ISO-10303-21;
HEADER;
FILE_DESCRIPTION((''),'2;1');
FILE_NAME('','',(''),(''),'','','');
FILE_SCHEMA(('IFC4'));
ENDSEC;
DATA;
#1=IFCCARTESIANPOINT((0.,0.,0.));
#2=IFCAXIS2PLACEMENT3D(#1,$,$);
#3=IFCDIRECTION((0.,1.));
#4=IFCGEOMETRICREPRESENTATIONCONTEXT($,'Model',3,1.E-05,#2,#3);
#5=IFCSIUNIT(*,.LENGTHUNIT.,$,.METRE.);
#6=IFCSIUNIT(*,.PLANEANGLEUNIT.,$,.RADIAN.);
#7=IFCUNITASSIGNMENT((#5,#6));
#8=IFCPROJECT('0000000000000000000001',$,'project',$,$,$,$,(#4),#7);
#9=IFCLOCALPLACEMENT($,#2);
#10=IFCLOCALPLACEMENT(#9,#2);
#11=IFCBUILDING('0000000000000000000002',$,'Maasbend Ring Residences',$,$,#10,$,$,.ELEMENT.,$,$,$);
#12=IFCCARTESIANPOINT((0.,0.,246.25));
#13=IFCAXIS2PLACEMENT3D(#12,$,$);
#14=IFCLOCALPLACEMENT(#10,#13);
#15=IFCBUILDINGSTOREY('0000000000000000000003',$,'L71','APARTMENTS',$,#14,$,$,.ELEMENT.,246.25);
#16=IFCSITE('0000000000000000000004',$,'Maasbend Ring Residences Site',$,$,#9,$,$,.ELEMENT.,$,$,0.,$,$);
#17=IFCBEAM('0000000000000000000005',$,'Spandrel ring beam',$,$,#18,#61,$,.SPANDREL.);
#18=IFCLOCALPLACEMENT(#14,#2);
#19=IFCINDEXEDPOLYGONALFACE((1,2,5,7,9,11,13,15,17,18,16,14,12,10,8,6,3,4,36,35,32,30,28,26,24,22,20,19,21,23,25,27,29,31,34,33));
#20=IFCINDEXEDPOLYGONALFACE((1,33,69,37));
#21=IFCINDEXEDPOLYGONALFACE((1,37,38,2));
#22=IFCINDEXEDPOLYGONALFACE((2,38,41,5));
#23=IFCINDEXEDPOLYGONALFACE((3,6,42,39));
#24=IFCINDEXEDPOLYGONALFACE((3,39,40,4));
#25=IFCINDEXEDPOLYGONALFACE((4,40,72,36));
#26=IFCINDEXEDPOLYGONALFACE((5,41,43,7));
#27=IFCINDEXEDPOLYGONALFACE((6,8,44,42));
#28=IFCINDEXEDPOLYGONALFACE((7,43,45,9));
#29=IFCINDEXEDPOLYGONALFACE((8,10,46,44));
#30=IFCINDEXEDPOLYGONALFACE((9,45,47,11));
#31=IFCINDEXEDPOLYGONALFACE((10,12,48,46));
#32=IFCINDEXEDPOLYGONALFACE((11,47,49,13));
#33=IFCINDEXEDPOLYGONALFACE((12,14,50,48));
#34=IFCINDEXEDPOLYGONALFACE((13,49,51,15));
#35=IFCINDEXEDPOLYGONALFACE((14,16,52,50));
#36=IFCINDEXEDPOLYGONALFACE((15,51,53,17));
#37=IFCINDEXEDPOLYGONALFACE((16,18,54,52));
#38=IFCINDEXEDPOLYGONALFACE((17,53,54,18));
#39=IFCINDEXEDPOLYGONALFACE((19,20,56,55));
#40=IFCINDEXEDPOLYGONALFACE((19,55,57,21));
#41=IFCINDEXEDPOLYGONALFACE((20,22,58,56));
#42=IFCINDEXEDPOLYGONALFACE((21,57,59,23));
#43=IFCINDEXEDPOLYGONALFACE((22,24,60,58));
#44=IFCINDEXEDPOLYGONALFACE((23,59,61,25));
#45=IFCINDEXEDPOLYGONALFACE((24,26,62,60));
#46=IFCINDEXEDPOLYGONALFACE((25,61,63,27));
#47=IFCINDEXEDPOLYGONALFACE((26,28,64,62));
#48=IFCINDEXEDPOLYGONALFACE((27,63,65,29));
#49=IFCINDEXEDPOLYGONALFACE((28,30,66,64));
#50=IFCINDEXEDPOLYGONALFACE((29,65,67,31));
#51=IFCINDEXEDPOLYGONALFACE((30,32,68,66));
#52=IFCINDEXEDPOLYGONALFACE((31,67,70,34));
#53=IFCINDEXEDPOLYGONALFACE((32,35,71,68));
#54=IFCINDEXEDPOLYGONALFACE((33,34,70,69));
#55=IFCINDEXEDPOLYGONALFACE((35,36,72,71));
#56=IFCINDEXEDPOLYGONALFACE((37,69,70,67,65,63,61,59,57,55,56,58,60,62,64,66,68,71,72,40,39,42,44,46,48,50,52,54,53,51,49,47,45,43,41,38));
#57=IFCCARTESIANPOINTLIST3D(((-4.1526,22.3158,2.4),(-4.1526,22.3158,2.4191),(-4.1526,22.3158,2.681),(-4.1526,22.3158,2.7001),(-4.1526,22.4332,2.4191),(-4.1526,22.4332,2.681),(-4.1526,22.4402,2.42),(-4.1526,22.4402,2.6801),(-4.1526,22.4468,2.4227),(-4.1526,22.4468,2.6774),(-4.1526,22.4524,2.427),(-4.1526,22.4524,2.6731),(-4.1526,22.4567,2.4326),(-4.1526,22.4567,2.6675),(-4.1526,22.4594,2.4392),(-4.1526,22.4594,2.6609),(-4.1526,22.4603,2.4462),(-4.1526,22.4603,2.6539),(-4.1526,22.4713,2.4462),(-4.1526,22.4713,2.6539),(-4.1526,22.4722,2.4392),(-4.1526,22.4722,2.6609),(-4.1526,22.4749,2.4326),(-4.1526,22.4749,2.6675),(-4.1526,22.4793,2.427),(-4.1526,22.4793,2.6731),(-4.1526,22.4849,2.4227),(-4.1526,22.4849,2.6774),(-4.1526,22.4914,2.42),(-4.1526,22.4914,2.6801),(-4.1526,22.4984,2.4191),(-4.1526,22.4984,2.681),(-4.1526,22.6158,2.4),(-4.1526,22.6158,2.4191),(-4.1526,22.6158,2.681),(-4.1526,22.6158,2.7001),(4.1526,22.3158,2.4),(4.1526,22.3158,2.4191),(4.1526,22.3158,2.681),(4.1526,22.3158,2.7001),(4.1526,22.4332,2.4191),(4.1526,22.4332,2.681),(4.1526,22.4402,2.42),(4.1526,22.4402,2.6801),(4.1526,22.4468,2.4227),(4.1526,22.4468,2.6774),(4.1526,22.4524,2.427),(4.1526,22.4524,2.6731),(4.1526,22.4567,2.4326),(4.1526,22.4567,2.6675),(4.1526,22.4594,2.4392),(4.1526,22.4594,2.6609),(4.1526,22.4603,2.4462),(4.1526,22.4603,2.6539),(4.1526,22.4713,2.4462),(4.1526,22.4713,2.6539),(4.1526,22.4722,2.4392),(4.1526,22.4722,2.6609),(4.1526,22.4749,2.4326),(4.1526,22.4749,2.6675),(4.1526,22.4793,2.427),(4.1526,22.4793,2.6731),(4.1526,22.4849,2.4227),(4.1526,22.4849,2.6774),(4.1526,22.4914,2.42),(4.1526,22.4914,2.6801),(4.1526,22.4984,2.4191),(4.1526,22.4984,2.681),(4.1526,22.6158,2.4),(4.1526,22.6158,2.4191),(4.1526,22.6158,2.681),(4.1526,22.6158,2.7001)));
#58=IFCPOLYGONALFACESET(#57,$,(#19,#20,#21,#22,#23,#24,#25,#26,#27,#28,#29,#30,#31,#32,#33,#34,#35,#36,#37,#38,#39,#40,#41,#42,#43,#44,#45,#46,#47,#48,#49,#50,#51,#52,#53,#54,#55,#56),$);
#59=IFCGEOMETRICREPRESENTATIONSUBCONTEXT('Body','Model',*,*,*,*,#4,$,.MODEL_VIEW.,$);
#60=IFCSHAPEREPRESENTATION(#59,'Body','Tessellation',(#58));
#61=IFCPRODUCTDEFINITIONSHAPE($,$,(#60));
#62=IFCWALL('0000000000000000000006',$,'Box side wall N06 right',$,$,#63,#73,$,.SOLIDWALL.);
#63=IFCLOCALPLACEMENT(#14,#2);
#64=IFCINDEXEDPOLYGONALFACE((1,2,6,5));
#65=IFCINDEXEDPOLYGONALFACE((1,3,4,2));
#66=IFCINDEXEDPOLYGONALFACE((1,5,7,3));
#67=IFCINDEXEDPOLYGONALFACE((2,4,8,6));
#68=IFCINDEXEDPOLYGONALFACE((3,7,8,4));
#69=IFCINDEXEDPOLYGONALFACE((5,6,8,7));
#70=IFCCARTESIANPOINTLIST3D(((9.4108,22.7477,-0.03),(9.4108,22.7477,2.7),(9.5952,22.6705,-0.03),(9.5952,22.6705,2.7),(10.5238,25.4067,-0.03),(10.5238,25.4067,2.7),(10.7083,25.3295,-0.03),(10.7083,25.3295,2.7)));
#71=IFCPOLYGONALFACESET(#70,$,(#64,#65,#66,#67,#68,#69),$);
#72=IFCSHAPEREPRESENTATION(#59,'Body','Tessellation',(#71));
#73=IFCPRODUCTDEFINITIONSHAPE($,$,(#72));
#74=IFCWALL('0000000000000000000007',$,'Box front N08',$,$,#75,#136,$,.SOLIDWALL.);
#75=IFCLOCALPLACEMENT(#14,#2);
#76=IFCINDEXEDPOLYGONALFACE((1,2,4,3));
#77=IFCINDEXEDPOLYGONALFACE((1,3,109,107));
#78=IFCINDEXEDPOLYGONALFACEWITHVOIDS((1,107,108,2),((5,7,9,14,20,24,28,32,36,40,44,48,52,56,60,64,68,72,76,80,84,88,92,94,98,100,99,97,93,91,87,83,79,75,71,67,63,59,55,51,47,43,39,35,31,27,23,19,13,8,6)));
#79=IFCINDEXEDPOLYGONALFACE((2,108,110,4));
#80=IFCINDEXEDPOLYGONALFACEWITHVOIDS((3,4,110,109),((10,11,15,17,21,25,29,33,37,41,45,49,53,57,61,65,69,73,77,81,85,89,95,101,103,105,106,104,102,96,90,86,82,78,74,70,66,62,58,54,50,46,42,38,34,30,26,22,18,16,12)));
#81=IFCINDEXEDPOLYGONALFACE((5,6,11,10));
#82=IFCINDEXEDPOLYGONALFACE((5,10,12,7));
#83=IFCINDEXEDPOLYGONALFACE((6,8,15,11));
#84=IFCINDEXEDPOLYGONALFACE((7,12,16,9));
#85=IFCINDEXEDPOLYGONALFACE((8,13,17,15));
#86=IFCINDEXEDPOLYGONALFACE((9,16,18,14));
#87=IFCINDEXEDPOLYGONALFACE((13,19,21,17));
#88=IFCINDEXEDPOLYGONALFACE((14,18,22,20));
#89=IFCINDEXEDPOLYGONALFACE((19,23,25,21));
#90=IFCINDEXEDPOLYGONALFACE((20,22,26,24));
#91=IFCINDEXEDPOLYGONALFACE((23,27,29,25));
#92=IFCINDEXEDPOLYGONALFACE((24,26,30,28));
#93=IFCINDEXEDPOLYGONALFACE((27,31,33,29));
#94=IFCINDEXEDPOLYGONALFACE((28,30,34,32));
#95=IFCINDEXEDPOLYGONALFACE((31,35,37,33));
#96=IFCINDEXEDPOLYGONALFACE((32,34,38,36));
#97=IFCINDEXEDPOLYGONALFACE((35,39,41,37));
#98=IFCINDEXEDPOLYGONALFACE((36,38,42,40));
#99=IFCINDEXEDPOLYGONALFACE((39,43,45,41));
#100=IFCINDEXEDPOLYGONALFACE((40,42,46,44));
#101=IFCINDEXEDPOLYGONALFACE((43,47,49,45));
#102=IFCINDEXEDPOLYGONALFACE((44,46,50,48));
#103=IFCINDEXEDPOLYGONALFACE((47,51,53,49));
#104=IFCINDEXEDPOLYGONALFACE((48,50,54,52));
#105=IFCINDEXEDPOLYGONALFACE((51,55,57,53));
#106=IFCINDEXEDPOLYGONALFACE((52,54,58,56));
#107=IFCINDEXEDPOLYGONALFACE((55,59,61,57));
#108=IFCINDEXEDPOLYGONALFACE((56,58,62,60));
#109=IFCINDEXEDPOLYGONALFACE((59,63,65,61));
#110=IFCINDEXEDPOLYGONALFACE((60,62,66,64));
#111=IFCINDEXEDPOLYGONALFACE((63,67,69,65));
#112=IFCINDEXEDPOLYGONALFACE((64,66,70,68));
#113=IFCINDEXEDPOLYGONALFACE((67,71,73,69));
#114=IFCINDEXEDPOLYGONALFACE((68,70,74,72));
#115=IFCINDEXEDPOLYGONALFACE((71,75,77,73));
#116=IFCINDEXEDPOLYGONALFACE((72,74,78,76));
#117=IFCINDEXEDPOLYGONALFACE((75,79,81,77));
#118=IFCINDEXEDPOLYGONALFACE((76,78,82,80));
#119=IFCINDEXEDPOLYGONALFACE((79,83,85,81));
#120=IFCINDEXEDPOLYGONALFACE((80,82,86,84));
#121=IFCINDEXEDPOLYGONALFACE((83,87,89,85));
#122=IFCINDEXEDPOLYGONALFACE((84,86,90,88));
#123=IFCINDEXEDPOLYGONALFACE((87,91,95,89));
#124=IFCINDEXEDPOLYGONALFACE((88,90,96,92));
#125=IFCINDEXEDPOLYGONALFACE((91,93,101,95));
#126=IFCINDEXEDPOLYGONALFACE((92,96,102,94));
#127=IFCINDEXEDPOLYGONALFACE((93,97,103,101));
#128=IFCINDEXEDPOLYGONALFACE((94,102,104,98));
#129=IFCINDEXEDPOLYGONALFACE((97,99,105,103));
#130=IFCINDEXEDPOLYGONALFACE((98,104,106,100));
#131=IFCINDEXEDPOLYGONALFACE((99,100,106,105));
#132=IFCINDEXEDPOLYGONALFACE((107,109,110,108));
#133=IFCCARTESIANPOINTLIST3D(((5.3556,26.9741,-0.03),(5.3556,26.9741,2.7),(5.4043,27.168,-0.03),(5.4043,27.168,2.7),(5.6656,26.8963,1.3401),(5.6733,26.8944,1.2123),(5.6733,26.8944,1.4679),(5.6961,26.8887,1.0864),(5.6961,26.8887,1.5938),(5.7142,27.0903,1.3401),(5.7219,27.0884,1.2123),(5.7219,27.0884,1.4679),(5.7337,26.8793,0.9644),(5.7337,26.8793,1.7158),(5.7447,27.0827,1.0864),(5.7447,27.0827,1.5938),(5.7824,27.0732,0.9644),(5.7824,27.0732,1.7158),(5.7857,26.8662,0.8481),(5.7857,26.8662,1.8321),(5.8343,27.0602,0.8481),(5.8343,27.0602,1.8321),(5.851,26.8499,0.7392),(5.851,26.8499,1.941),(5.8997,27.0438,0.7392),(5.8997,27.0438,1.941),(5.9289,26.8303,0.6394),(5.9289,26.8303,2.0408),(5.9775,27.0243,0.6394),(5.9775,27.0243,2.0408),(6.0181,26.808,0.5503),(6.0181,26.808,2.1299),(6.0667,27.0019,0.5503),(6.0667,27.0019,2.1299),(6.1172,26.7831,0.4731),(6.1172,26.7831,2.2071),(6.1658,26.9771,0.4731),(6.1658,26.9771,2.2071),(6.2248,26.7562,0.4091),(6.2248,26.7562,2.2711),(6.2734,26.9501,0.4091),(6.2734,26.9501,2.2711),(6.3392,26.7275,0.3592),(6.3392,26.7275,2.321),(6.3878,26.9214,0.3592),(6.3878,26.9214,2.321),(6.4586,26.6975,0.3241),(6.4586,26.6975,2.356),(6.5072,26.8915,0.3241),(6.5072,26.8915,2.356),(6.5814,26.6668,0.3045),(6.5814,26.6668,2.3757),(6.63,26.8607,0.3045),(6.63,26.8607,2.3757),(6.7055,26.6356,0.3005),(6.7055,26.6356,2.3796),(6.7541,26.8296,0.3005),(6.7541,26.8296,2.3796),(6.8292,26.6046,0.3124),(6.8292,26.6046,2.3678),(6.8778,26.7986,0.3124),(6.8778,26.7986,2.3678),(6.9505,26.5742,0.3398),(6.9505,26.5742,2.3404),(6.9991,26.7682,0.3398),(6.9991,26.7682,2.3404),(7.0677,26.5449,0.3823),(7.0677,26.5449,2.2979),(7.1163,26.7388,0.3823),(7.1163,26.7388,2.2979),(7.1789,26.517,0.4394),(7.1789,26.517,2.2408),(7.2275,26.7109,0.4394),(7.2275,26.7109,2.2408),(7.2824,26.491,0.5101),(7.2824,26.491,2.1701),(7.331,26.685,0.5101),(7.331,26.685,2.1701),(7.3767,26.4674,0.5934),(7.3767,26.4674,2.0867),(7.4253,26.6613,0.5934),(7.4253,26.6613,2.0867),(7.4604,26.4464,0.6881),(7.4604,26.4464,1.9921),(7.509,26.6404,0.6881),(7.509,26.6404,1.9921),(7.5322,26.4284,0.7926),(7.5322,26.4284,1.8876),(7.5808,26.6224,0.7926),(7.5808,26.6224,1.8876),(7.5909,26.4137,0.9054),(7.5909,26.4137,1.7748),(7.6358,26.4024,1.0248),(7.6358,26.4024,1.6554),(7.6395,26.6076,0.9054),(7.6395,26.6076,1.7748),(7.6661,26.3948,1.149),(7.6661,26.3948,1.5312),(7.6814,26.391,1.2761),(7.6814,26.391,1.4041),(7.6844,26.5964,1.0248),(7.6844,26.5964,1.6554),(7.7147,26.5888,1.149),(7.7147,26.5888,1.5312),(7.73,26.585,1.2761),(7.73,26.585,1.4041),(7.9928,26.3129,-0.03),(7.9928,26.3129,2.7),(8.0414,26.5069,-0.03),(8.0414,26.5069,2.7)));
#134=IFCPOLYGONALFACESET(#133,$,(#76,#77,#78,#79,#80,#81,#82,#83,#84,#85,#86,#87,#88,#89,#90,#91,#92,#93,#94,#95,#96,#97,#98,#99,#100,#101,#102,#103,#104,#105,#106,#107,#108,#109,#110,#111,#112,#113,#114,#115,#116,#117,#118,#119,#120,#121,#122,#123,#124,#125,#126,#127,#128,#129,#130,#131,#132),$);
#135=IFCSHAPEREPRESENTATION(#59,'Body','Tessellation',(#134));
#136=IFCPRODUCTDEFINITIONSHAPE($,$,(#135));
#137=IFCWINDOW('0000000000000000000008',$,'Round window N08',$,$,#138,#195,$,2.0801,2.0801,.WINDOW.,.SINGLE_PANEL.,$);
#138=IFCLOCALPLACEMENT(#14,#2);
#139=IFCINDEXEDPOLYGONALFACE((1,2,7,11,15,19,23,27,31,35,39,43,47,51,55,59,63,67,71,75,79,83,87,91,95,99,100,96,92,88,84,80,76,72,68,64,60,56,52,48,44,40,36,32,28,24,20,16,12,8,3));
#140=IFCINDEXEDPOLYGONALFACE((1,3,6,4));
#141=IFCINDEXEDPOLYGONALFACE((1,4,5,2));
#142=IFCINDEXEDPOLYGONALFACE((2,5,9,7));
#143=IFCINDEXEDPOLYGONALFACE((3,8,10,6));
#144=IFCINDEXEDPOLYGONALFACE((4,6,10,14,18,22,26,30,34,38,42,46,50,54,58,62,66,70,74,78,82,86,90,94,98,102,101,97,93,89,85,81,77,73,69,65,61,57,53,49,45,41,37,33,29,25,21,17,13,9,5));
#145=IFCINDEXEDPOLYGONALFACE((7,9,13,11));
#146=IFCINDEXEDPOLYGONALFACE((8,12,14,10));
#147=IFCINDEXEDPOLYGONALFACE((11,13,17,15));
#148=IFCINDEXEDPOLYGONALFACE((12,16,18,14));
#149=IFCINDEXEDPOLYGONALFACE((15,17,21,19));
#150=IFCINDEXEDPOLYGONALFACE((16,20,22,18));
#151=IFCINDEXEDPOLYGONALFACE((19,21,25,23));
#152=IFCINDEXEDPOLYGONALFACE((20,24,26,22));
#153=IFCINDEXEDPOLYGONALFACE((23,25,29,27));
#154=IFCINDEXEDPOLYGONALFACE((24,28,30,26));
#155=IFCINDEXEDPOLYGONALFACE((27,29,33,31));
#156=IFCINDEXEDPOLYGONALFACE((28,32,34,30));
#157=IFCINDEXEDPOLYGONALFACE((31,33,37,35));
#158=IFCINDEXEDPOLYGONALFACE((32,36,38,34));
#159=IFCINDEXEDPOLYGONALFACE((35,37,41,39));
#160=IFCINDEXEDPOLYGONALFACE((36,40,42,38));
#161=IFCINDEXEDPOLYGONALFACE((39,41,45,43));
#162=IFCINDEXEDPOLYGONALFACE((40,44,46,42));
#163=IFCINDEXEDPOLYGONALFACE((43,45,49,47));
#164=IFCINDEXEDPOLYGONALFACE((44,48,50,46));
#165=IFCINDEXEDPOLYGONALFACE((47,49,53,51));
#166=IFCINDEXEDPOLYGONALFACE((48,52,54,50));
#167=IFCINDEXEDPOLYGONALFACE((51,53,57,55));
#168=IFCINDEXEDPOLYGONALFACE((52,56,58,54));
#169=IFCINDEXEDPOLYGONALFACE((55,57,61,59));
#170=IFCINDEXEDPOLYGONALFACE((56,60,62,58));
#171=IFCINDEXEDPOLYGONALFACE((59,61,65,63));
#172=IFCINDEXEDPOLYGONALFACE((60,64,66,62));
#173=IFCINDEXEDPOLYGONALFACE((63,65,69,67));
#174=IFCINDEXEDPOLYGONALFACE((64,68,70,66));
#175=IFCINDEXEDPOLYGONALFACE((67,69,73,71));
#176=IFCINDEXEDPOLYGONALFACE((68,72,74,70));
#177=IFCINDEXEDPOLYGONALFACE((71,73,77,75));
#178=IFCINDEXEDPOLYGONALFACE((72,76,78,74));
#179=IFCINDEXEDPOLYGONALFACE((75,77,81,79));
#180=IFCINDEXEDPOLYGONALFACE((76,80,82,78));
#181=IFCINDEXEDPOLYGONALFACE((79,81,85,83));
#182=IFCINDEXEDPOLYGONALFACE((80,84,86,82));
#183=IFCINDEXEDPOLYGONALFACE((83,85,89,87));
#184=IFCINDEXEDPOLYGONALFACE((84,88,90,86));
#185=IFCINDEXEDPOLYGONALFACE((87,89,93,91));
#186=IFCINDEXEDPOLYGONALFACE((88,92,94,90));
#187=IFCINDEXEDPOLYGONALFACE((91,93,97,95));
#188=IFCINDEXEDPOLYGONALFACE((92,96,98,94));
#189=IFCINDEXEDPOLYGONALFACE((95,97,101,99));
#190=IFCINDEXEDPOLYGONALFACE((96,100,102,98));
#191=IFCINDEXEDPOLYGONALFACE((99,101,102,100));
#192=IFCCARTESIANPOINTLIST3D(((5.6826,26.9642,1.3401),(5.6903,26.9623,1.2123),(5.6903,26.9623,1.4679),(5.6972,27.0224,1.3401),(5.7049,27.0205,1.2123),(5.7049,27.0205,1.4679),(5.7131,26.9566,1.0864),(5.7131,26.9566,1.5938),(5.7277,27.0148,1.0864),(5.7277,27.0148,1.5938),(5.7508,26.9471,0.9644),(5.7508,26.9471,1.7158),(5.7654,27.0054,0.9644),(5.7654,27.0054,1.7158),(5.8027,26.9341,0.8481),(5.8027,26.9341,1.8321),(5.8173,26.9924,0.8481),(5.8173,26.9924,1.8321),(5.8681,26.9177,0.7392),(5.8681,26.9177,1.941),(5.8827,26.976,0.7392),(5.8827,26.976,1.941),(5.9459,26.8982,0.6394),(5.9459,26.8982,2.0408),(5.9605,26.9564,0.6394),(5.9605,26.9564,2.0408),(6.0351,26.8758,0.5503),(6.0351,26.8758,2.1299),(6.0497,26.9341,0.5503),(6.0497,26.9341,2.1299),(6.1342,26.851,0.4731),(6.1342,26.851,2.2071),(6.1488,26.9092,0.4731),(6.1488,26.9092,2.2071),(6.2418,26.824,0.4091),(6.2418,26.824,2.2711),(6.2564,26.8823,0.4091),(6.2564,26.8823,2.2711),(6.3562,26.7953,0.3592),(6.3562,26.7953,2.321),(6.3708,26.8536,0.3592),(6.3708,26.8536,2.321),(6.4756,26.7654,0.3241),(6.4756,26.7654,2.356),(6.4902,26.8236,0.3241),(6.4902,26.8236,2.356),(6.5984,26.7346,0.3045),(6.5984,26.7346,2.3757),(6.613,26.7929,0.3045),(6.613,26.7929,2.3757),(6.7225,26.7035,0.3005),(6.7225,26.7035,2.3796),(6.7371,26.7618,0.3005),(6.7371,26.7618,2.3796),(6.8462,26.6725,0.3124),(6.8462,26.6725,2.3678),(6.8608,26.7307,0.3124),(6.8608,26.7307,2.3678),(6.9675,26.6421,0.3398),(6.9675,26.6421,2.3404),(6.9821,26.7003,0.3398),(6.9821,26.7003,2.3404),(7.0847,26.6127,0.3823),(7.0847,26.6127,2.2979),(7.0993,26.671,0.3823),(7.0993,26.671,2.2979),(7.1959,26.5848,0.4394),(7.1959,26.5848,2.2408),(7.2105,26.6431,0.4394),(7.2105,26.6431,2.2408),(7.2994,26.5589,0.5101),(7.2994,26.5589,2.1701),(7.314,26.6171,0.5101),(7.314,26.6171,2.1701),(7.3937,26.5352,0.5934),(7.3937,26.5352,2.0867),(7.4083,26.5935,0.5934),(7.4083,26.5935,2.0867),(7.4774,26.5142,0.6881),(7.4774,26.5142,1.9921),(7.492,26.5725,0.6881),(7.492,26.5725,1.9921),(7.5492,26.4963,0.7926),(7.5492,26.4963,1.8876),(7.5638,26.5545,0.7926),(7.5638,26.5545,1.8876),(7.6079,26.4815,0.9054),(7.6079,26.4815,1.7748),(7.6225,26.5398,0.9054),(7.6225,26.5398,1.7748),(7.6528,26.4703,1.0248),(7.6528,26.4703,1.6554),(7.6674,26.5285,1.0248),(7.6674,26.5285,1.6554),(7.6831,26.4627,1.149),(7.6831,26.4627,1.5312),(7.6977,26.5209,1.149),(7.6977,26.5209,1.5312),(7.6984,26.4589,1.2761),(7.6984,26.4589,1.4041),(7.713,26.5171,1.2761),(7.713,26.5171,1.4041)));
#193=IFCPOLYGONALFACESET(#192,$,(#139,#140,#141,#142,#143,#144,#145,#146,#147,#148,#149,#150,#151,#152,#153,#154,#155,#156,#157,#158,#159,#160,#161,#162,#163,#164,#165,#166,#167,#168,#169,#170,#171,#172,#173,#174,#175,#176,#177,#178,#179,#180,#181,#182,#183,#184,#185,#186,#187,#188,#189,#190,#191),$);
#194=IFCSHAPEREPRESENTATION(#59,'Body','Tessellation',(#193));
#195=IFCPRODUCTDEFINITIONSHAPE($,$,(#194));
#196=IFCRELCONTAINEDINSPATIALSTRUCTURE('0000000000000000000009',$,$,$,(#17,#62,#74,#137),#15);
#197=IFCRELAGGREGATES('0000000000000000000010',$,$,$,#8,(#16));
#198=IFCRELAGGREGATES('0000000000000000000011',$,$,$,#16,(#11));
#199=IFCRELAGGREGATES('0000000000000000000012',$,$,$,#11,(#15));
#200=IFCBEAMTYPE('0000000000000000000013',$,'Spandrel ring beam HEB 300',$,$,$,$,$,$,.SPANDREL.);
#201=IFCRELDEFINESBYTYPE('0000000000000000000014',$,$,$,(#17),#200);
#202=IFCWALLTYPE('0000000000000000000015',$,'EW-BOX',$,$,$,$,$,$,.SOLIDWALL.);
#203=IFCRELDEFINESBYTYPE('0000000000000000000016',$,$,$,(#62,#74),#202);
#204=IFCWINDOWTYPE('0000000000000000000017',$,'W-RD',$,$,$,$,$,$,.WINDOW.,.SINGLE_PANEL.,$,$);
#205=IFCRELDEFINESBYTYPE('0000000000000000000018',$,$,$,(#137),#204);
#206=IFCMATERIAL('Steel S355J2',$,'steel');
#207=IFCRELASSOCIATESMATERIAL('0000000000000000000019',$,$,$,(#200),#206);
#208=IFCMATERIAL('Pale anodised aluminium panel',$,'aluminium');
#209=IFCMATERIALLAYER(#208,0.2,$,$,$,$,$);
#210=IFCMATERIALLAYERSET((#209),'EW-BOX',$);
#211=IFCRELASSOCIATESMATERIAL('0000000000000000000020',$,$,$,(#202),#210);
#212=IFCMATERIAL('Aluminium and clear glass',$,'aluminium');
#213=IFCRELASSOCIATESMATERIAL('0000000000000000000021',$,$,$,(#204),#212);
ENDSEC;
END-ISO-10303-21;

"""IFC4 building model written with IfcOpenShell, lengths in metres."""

from ifc_helpers import new_model, si_unit, direction, frame, frame_2d, origin, origin_2d, place, context, subcontext, project, spatial, rectangle, circle, i_section, extrude, material, layer, layer_set, material_profile, profile_set, type_object, element, fill, save


model = new_model("IFC4")

# Units and contexts
model_context = context("Model", 3, precision=1e-05, world=origin(), true_north=direction((0.0, 1.0)))
body_context = subcontext(model_context, "Body", "Model", "MODEL_VIEW")
ifc_project = project(units=[si_unit("LENGTHUNIT", "METRE"), si_unit("PLANEANGLEUNIT", "RADIAN")], contexts=[model_context])

# Site, building, storey
site_placement = place(None, origin())
site = spatial("IfcSite", under=ifc_project, at=site_placement, Name="Maasbend Ring Residences Site", CompositionType="ELEMENT", RefElevation=0.0)
building_placement = place(site_placement, origin())
building = spatial("IfcBuilding", under=site, at=building_placement, Name="Maasbend Ring Residences", CompositionType="ELEMENT")
storey_placement = place(building_placement, frame((0.0, 0.0, 246.25)))
storey = spatial("IfcBuildingStorey", under=building, at=storey_placement, Name="L71", Description="APARTMENTS", CompositionType="ELEMENT", Elevation=246.25)

# Beam
ifc_material_1 = material(Name="Steel S355J2", Category="steel")
ifc_material_profile_1 = material_profile(ifc_material_1, i_section(OverallWidth=0.3, OverallDepth=0.3, WebThickness=0.011, FlangeThickness=0.019, FilletRadius=0.0271, at=origin_2d()), Name="HEB 300")
ifc_profile_set_1 = profile_set([ifc_material_profile_1], Name="Steel S355J2")
beam_type = type_object("IfcBeamType", Name="Spandrel ring beam HEB 300", PredefinedType="SPANDREL", material=ifc_profile_set_1)
beam_placement = place(storey_placement, frame((4.1526, 22.4658, 2.55), z_axis=(-1.0, 0.0, 0.0), x_axis=(0.0, -1.0, 0.0)))
element("IfcBeam", 1, at=beam_placement, inside=storey, type_object=beam_type, Name="Spandrel ring beam", PredefinedType="SPANDREL", context=body_context, shape_type="SweptSolid", body=[
    extrude(i_section(OverallWidth=0.3, OverallDepth=0.3, WebThickness=0.011, FlangeThickness=0.019, FilletRadius=0.0271, at=origin_2d()), origin(), (0.0, 0.0, 1.0), 8.3052),
])

# Wall
ifc_material_2 = material(Name="Pale anodised aluminium panel", Category="aluminium")
ifc_layer_1 = layer(ifc_material_2, 0.2)
ifc_layer_set_1 = layer_set([ifc_layer_1], Name="EW-BOX")
wall_type_1 = type_object("IfcWallType", Name="EW-BOX", PredefinedType="SOLIDWALL", material=ifc_layer_set_1)
wall_1_placement = place(storey_placement, frame((9.5029, 22.709, -0.03), z_axis=(0.0, 0.0, 1.0), x_axis=(0.386136, 0.922442, 0.0)))
element("IfcWall", 2, at=wall_1_placement, inside=storey, type_object=wall_type_1, Name="Box side wall N06 right", PredefinedType="SOLIDWALL", context=body_context, shape_type="SweptSolid", body=[
    extrude(rectangle(XDim=2.8826, YDim=0.2, at=frame_2d((1.4414, 0.0))), origin(), (0.0, 0.0, 1.0), 2.73),
])

# Wall, opening, window
wall_2_placement = place(storey_placement, frame((8.0171, 26.4099, -0.03), z_axis=(0.0, 0.0, 1.0), x_axis=(-0.969984, 0.243169, 0.0)))
wall_2 = element("IfcWall", 3, at=wall_2_placement, inside=storey, type_object=wall_type_1, Name="Box front N08", PredefinedType="SOLIDWALL", context=body_context, shape_type="SweptSolid", body=[
    extrude(rectangle(XDim=2.7188, YDim=0.2, at=frame_2d((1.3594, 0.0))), origin(), (0.0, 0.0, 1.0), 2.73),
])
opening_1_placement = place(wall_2_placement, frame((0.3191, 0.0, 0.3301)))
opening_1 = element("IfcOpeningElement", 4, at=opening_1_placement, cuts=wall_2, PredefinedType="OPENING", context=body_context, shape_type="SweptSolid", body=[
    extrude(circle(Radius=1.04, at=frame_2d((1.04, 1.04))), frame((0.0, 0.1099, 0.0), z_axis=(0.0, -1.0, 0.0), x_axis=(1.0, 0.0, 0.0)), (0.0, 0.0, 1.0), 0.22),
])
ifc_material_3 = material(Name="Aluminium and clear glass", Category="aluminium")
window_type_1 = type_object("IfcWindowType", Name="W-RD", PartitioningType="SINGLE_PANEL", PredefinedType="WINDOW", material=ifc_material_3)
window_1_placement = place(opening_1_placement, origin())
window_1 = element("IfcWindow", 5, at=window_1_placement, inside=storey, type_object=window_type_1, Name="Round window N08", OverallHeight=2.0801, OverallWidth=2.0801, PartitioningType="SINGLE_PANEL", PredefinedType="WINDOW", context=body_context, shape_type="SweptSolid", body=[
    extrude(circle(Radius=1.04, at=frame_2d((1.04, 1.04))), frame((0.0, 0.03, 0.0), z_axis=(0.0, -1.0, 0.0), x_axis=(1.0, 0.0, 0.0)), (0.0, 0.0, 1.0), 0.0601),
])
fill(opening_1, window_1)

save(model, "model.ifc")
